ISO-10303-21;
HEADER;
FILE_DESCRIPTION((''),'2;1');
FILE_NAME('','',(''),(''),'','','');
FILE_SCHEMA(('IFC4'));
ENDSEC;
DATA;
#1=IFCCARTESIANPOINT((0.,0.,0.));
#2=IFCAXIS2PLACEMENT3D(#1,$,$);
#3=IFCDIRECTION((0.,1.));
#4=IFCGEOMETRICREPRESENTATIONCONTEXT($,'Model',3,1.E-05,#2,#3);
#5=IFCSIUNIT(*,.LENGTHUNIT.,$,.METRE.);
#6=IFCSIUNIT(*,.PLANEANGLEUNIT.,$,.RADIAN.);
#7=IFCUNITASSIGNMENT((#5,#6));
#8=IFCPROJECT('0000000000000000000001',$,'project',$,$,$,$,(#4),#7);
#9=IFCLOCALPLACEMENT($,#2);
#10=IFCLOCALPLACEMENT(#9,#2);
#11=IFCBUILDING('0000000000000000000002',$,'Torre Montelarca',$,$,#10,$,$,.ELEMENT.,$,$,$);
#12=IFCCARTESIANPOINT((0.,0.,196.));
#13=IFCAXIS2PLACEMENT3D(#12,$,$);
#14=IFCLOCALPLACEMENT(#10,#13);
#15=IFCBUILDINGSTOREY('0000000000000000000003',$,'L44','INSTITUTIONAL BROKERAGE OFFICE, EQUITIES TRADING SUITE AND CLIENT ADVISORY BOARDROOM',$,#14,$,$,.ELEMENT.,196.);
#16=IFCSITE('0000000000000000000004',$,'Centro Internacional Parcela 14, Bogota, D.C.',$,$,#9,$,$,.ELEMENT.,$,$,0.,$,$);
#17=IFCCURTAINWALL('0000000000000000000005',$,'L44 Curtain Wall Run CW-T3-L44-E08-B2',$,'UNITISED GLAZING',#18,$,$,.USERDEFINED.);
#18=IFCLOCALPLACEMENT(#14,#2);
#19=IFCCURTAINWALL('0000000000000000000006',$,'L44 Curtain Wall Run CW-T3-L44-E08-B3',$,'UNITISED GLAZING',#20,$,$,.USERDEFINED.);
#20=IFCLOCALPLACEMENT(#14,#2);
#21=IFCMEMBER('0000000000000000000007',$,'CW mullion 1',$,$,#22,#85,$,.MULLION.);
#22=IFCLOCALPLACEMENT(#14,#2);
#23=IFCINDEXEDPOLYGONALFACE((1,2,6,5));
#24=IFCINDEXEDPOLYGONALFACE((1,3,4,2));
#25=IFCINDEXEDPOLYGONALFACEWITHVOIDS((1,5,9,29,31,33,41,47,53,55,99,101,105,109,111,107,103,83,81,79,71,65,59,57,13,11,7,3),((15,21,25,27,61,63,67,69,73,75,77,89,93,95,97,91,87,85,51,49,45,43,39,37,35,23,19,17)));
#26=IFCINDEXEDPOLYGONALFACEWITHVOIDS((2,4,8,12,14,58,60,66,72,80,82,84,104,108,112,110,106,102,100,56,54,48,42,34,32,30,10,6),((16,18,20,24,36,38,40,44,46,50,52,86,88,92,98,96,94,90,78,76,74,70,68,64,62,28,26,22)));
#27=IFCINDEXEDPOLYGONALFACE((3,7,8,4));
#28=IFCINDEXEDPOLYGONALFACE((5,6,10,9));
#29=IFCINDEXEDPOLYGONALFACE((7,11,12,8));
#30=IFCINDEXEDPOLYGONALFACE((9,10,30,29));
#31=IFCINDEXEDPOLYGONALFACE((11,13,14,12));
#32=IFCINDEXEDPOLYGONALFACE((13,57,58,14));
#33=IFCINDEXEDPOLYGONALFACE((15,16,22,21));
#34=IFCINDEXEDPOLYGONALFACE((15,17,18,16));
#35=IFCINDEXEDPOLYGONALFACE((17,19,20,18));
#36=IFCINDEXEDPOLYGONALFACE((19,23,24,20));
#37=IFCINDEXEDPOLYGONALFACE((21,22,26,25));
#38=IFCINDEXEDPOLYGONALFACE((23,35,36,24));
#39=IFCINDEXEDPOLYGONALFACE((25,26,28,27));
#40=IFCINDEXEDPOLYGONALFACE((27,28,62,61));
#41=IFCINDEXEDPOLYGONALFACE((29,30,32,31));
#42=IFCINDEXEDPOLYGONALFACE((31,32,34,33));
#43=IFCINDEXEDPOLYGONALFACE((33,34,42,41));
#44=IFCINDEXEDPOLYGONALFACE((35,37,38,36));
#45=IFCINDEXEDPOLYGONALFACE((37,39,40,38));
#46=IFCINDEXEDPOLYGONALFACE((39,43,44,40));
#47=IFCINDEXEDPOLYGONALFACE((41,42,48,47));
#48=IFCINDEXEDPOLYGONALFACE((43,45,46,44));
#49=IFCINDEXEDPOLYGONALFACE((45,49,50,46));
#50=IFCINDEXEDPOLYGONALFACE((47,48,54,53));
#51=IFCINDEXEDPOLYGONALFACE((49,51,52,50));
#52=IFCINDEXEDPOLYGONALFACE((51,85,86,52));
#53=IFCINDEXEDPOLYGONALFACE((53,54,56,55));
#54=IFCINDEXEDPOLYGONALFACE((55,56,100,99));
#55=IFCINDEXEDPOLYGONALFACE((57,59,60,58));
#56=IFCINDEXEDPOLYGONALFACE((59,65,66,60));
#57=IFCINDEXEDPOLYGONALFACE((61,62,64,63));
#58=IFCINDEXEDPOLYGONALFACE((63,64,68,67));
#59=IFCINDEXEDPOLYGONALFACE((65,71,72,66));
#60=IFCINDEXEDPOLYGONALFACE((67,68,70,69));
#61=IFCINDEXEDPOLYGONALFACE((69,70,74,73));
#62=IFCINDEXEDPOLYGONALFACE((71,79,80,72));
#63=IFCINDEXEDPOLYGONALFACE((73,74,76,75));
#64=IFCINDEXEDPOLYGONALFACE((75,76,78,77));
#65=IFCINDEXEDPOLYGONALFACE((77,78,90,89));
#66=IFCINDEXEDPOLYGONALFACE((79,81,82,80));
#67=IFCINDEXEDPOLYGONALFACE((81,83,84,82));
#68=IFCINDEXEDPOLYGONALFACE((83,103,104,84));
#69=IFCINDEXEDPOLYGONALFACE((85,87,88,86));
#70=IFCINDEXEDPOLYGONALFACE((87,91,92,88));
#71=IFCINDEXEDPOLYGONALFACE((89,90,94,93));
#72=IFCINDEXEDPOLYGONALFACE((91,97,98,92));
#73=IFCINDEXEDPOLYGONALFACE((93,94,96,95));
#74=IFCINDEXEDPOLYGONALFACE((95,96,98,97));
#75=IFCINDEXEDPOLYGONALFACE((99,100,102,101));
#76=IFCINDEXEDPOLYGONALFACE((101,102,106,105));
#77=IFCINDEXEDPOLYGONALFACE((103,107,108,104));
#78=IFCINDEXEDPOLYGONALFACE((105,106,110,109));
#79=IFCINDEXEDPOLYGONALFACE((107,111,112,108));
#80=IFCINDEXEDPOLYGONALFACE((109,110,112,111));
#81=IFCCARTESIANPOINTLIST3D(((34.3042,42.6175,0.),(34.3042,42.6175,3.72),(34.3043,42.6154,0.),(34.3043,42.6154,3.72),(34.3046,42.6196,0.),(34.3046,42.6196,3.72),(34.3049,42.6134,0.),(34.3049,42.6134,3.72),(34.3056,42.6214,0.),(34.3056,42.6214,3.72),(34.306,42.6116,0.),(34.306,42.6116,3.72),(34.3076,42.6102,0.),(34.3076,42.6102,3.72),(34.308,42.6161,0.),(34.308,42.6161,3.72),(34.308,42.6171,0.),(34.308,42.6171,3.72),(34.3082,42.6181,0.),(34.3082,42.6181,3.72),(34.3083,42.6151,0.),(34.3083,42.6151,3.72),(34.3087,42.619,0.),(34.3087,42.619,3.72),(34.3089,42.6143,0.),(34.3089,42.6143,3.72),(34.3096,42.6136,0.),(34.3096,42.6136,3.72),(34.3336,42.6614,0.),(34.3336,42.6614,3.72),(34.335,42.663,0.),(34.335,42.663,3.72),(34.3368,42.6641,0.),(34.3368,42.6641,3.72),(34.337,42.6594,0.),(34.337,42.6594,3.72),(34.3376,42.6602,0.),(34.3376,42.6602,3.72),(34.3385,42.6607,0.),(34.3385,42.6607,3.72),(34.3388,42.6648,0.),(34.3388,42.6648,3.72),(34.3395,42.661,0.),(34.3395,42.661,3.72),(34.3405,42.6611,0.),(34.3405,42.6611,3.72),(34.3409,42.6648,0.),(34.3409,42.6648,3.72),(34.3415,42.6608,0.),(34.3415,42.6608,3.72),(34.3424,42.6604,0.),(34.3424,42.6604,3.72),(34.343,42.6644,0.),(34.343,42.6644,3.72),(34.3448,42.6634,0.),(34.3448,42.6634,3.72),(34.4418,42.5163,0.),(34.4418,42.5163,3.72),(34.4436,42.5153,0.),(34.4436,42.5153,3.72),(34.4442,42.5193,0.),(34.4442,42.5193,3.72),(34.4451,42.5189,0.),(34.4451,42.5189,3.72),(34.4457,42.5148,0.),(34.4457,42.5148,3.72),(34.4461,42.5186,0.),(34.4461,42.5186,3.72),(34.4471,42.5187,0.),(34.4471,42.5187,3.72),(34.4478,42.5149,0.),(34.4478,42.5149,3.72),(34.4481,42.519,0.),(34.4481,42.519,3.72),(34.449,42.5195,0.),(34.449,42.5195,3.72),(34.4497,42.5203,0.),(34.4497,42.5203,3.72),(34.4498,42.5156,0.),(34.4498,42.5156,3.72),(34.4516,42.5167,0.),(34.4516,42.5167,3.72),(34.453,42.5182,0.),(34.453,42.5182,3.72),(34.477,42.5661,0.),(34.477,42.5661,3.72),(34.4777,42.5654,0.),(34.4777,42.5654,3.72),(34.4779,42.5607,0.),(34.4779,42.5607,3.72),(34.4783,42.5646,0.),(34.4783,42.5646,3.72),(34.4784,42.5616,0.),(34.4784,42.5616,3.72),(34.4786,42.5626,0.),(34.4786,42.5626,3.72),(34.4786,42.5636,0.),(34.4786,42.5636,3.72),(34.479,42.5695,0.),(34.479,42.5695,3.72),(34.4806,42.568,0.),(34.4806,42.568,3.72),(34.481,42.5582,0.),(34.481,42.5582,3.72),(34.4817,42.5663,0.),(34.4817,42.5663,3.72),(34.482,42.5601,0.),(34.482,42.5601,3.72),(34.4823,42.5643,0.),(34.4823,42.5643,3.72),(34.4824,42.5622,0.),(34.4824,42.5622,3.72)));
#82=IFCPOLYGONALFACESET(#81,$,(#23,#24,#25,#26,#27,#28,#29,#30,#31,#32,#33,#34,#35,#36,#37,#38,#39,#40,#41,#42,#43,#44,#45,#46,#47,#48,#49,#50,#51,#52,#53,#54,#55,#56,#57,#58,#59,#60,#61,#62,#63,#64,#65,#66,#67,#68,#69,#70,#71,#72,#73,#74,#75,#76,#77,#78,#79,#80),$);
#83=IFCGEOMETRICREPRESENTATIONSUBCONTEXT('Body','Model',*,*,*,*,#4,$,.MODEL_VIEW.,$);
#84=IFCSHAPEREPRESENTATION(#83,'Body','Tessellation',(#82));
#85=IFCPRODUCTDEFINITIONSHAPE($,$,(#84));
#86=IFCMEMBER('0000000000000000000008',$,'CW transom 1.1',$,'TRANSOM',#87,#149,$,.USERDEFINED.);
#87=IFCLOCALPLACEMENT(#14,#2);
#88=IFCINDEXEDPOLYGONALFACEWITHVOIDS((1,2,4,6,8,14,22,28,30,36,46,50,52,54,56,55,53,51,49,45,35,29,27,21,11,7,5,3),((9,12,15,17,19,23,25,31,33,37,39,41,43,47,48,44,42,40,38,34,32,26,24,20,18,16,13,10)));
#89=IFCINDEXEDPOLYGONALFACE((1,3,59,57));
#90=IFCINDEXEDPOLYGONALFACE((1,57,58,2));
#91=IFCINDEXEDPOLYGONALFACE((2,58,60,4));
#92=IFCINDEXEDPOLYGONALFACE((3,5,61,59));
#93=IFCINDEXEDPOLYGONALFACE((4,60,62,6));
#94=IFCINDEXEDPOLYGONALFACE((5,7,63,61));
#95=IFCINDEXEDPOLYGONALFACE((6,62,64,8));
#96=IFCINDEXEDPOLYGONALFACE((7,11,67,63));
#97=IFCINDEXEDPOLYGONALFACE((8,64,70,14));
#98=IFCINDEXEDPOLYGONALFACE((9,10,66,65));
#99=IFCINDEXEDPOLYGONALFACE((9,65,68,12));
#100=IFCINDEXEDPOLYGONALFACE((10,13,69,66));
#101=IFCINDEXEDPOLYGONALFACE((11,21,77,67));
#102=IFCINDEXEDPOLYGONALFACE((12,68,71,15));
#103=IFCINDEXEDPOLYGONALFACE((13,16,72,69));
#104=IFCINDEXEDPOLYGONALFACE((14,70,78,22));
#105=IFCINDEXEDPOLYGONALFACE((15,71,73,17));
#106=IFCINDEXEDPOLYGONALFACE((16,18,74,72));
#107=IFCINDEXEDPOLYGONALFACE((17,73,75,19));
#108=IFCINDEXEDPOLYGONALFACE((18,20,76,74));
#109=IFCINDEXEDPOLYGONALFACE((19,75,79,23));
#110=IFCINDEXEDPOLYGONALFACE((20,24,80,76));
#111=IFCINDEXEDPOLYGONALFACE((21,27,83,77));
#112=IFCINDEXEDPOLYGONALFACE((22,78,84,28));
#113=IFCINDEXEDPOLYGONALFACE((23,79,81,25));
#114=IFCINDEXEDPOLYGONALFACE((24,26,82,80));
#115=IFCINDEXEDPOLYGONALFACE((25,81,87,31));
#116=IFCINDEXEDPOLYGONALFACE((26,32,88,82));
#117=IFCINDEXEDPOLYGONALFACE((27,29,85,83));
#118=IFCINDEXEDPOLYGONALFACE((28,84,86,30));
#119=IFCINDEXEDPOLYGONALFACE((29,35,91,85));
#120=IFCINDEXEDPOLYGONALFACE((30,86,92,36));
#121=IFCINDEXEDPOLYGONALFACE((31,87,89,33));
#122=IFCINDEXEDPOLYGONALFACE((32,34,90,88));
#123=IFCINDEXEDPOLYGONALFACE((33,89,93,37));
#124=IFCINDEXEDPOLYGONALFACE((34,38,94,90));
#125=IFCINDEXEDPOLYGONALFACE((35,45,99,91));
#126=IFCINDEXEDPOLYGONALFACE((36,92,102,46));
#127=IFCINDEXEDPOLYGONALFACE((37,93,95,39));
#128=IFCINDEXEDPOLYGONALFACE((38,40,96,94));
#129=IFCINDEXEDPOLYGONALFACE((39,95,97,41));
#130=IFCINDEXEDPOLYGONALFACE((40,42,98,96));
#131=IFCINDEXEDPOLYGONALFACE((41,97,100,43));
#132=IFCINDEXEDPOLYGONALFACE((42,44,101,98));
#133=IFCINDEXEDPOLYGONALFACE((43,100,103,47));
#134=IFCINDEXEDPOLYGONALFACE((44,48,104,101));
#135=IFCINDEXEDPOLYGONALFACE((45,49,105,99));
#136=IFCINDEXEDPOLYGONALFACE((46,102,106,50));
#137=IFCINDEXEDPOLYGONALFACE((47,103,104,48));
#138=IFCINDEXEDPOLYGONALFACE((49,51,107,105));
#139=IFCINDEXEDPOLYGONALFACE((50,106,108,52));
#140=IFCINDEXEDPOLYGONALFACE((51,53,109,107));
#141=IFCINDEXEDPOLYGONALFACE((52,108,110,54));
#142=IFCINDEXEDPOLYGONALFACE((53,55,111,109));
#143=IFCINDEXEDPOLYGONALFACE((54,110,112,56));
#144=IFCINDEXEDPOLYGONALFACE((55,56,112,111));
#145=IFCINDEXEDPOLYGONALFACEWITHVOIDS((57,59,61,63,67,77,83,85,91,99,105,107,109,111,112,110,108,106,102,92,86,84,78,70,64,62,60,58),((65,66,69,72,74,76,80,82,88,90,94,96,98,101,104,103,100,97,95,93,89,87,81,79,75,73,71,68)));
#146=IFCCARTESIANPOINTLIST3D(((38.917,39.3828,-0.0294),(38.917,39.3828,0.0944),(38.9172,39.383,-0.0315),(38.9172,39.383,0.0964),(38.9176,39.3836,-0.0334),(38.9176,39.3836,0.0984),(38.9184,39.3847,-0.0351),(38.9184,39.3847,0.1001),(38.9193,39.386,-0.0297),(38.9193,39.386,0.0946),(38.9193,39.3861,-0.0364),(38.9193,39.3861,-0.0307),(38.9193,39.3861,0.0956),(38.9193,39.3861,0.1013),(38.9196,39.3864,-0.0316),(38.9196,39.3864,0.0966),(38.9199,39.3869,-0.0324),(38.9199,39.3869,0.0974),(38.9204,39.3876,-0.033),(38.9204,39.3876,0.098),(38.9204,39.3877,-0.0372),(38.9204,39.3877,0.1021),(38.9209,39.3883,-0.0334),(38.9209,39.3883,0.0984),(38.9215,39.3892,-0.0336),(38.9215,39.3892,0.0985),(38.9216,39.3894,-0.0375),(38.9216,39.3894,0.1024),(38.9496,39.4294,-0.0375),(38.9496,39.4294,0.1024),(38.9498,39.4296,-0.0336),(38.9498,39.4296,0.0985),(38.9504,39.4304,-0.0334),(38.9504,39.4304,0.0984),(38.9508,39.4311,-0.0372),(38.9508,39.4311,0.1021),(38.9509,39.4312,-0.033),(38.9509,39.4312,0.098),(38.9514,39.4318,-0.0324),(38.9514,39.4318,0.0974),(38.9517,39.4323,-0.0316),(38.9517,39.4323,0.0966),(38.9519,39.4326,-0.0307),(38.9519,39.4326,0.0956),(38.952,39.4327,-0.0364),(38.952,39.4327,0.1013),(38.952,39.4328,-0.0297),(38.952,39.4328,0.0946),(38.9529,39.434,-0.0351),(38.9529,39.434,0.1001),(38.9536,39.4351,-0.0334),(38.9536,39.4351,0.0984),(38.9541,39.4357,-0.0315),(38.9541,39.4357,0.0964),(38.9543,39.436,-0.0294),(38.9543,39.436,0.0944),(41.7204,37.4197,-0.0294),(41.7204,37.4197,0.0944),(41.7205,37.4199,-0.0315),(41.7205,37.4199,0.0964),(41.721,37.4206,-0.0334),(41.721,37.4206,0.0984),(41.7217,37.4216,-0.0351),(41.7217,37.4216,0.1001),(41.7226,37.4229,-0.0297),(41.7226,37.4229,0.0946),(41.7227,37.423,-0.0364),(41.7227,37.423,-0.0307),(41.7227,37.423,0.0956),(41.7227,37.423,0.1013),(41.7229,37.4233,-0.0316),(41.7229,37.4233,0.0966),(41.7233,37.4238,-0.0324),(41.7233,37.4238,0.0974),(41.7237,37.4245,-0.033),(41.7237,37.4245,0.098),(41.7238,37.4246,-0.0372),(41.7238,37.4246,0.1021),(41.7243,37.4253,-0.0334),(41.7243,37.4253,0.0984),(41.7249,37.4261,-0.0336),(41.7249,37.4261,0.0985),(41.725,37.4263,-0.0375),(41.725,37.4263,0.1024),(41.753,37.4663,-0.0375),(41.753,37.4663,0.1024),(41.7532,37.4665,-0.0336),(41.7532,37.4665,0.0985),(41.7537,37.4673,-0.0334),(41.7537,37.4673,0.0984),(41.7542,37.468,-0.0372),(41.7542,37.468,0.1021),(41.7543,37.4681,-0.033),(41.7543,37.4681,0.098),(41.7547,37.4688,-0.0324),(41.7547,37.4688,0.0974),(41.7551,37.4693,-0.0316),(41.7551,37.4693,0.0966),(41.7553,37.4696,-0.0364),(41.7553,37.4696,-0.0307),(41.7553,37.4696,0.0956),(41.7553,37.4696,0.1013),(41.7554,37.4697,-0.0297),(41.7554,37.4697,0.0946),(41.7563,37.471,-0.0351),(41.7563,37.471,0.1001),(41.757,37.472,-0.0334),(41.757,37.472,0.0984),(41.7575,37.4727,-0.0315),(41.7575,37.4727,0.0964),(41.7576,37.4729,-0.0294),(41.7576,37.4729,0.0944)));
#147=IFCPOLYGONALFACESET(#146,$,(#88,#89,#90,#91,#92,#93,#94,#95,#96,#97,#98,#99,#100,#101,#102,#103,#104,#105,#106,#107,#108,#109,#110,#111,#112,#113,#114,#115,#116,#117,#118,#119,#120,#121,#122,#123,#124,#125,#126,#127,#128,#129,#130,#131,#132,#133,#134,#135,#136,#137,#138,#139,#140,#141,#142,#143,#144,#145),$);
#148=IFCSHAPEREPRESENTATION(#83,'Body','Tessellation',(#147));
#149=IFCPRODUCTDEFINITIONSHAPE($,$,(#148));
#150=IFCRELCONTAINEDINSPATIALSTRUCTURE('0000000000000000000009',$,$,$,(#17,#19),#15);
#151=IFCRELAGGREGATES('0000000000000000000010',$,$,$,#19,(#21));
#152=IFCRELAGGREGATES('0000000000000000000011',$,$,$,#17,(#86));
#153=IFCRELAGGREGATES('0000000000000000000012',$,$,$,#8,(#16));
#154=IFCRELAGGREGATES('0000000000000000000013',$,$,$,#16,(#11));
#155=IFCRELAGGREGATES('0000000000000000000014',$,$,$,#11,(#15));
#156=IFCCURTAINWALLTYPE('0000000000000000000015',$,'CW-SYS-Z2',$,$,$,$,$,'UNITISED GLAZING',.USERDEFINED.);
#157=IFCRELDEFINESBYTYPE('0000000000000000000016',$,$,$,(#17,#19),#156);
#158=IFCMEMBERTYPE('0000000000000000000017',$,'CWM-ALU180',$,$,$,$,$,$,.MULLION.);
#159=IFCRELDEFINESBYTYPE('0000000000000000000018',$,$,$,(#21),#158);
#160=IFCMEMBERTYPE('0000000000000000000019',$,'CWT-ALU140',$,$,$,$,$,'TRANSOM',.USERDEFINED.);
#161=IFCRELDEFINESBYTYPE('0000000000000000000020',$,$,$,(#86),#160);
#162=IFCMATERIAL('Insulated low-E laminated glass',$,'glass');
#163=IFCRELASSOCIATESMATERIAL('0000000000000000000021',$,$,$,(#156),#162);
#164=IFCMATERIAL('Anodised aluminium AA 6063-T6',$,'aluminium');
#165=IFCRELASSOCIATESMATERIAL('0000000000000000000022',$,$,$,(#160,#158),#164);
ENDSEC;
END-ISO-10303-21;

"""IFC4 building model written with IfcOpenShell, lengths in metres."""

from ifc_helpers import new_model, si_unit, direction, frame, origin, origin_2d, place, context, subcontext, project, spatial, hollow_rectangle, extrude, source, transform, mapped, material, material_profile, profile_set, type_object, element, aggregate, save


model = new_model("IFC4")

# Units and contexts
model_context = context("Model", 3, precision=1e-05, world=origin(), true_north=direction((0.0, 1.0)))
body_context = subcontext(model_context, "Body", "Model", "MODEL_VIEW")
ifc_project = project(units=[si_unit("LENGTHUNIT", "METRE"), si_unit("PLANEANGLEUNIT", "RADIAN")], contexts=[model_context])

# Site, building, storey
site_placement = place(None, origin())
site = spatial("IfcSite", under=ifc_project, at=site_placement, Name="Centro Internacional Parcela 14, Bogota, D.C.", CompositionType="ELEMENT", RefElevation=0.0)
building_placement = place(site_placement, origin())
building = spatial("IfcBuilding", under=site, at=building_placement, Name="Torre Montelarca", CompositionType="ELEMENT")
storey_placement = place(building_placement, frame((0.0, 0.0, 196.0)))
storey = spatial("IfcBuildingStorey", under=building, at=storey_placement, Name="L44", Description="INSTITUTIONAL BROKERAGE OFFICE, EQUITIES TRADING SUITE AND CLIENT ADVISORY BOARDROOM", CompositionType="ELEMENT", Elevation=196.0)

# Curtain wall
ifc_material_1 = material(Name="Insulated low-E laminated glass", Category="glass")
curtain_wall_type = type_object("IfcCurtainWallType", Name="CW-SYS-Z2", ElementType="UNITISED GLAZING", PredefinedType="USERDEFINED", material=ifc_material_1)
ifc_material_2 = material(Name="Anodised aluminium AA 6063-T6", Category="aluminium")
ifc_material_profile_1 = material_profile(ifc_material_2, hollow_rectangle(XDim=0.0649, YDim=0.1399, WallThickness=0.0039, InnerFilletRadius=0.0039, OuterFilletRadius=0.0081, at=origin_2d()), Name="ALU65X140X4", Category="aluminium")
ifc_profile_set_1 = profile_set([ifc_material_profile_1], Name="Anodised aluminium AA 6063-T6")
member_type_1 = type_object("IfcMemberType", Name="CWT-ALU140", ElementType="TRANSOM", PredefinedType="USERDEFINED", material=ifc_profile_set_1)
ifc_material_profile_2 = material_profile(ifc_material_2, hollow_rectangle(XDim=0.0649, YDim=0.1799, WallThickness=0.0039, InnerFilletRadius=0.0039, OuterFilletRadius=0.0081, at=origin_2d()), Name="ALU65X180X4", Category="aluminium")
ifc_profile_set_2 = profile_set([ifc_material_profile_2], Name="Anodised aluminium AA 6063-T6")
member_type_2 = type_object("IfcMemberType", Name="CWM-ALU180", PredefinedType="MULLION", material=ifc_profile_set_2)
shared_shape_1 = source(origin(), body_context, "Body", "SweptSolid", [
    extrude(hollow_rectangle(XDim=0.0649, YDim=0.1799, WallThickness=0.0039, InnerFilletRadius=0.0039, OuterFilletRadius=0.0081, at=origin_2d()), origin(), (0.0, 0.0, 1.0), 3.72),
])
curtain_wall_1_placement = place(storey_placement, origin())
curtain_wall_1 = element("IfcCurtainWall", 1, at=curtain_wall_1_placement, inside=storey, type_object=curtain_wall_type, Name="L44 Curtain Wall Run CW-T3-L44-E08-B2", ObjectType="UNITISED GLAZING", PredefinedType="USERDEFINED")

# Curtain wall, member
curtain_wall_2_placement = place(storey_placement, origin())
curtain_wall_2 = element("IfcCurtainWall", 2, at=curtain_wall_2_placement, inside=storey, type_object=curtain_wall_type, Name="L44 Curtain Wall Run CW-T3-L44-E08-B3", ObjectType="UNITISED GLAZING", PredefinedType="USERDEFINED")
member_1_placement = place(storey_placement, frame((34.3933, 42.5898, 0.0), z_axis=(0.0, 0.0, 1.0), x_axis=(-0.573574, -0.819153, 0.0)))
member_1 = element("IfcMember", 3, at=member_1_placement, type_object=member_type_2, Name="CW mullion 1", PredefinedType="MULLION", context=body_context, shape_type="MappedRepresentation", body=[
    mapped(shared_shape_1, transform((0.0, 0.0, 0.0), scale=1.0)),
])
aggregate(curtain_wall_2, [member_1])

# Member
shared_shape_2 = source(origin(), body_context, "Body", "SweptSolid", [
    extrude(hollow_rectangle(XDim=0.0649, YDim=0.1399, WallThickness=0.0039, InnerFilletRadius=0.0039, OuterFilletRadius=0.0081, at=origin_2d()), origin(), (0.0, 0.0, 1.0), 3.4224),
])
member_2_placement = place(storey_placement, frame((41.739, 37.4463, 0.0325), z_axis=(-0.819135, 0.573601, 0.0), x_axis=(-0.573601, -0.819135, 0.0)))
member_2 = element("IfcMember", 4, at=member_2_placement, type_object=member_type_1, Name="CW transom 1.1", ObjectType="TRANSOM", PredefinedType="USERDEFINED", context=body_context, shape_type="MappedRepresentation", body=[
    mapped(shared_shape_2, transform((0.0, 0.0, 0.0), scale=1.0)),
])

aggregate(curtain_wall_1, [member_2])

save(model, "model.ifc")
